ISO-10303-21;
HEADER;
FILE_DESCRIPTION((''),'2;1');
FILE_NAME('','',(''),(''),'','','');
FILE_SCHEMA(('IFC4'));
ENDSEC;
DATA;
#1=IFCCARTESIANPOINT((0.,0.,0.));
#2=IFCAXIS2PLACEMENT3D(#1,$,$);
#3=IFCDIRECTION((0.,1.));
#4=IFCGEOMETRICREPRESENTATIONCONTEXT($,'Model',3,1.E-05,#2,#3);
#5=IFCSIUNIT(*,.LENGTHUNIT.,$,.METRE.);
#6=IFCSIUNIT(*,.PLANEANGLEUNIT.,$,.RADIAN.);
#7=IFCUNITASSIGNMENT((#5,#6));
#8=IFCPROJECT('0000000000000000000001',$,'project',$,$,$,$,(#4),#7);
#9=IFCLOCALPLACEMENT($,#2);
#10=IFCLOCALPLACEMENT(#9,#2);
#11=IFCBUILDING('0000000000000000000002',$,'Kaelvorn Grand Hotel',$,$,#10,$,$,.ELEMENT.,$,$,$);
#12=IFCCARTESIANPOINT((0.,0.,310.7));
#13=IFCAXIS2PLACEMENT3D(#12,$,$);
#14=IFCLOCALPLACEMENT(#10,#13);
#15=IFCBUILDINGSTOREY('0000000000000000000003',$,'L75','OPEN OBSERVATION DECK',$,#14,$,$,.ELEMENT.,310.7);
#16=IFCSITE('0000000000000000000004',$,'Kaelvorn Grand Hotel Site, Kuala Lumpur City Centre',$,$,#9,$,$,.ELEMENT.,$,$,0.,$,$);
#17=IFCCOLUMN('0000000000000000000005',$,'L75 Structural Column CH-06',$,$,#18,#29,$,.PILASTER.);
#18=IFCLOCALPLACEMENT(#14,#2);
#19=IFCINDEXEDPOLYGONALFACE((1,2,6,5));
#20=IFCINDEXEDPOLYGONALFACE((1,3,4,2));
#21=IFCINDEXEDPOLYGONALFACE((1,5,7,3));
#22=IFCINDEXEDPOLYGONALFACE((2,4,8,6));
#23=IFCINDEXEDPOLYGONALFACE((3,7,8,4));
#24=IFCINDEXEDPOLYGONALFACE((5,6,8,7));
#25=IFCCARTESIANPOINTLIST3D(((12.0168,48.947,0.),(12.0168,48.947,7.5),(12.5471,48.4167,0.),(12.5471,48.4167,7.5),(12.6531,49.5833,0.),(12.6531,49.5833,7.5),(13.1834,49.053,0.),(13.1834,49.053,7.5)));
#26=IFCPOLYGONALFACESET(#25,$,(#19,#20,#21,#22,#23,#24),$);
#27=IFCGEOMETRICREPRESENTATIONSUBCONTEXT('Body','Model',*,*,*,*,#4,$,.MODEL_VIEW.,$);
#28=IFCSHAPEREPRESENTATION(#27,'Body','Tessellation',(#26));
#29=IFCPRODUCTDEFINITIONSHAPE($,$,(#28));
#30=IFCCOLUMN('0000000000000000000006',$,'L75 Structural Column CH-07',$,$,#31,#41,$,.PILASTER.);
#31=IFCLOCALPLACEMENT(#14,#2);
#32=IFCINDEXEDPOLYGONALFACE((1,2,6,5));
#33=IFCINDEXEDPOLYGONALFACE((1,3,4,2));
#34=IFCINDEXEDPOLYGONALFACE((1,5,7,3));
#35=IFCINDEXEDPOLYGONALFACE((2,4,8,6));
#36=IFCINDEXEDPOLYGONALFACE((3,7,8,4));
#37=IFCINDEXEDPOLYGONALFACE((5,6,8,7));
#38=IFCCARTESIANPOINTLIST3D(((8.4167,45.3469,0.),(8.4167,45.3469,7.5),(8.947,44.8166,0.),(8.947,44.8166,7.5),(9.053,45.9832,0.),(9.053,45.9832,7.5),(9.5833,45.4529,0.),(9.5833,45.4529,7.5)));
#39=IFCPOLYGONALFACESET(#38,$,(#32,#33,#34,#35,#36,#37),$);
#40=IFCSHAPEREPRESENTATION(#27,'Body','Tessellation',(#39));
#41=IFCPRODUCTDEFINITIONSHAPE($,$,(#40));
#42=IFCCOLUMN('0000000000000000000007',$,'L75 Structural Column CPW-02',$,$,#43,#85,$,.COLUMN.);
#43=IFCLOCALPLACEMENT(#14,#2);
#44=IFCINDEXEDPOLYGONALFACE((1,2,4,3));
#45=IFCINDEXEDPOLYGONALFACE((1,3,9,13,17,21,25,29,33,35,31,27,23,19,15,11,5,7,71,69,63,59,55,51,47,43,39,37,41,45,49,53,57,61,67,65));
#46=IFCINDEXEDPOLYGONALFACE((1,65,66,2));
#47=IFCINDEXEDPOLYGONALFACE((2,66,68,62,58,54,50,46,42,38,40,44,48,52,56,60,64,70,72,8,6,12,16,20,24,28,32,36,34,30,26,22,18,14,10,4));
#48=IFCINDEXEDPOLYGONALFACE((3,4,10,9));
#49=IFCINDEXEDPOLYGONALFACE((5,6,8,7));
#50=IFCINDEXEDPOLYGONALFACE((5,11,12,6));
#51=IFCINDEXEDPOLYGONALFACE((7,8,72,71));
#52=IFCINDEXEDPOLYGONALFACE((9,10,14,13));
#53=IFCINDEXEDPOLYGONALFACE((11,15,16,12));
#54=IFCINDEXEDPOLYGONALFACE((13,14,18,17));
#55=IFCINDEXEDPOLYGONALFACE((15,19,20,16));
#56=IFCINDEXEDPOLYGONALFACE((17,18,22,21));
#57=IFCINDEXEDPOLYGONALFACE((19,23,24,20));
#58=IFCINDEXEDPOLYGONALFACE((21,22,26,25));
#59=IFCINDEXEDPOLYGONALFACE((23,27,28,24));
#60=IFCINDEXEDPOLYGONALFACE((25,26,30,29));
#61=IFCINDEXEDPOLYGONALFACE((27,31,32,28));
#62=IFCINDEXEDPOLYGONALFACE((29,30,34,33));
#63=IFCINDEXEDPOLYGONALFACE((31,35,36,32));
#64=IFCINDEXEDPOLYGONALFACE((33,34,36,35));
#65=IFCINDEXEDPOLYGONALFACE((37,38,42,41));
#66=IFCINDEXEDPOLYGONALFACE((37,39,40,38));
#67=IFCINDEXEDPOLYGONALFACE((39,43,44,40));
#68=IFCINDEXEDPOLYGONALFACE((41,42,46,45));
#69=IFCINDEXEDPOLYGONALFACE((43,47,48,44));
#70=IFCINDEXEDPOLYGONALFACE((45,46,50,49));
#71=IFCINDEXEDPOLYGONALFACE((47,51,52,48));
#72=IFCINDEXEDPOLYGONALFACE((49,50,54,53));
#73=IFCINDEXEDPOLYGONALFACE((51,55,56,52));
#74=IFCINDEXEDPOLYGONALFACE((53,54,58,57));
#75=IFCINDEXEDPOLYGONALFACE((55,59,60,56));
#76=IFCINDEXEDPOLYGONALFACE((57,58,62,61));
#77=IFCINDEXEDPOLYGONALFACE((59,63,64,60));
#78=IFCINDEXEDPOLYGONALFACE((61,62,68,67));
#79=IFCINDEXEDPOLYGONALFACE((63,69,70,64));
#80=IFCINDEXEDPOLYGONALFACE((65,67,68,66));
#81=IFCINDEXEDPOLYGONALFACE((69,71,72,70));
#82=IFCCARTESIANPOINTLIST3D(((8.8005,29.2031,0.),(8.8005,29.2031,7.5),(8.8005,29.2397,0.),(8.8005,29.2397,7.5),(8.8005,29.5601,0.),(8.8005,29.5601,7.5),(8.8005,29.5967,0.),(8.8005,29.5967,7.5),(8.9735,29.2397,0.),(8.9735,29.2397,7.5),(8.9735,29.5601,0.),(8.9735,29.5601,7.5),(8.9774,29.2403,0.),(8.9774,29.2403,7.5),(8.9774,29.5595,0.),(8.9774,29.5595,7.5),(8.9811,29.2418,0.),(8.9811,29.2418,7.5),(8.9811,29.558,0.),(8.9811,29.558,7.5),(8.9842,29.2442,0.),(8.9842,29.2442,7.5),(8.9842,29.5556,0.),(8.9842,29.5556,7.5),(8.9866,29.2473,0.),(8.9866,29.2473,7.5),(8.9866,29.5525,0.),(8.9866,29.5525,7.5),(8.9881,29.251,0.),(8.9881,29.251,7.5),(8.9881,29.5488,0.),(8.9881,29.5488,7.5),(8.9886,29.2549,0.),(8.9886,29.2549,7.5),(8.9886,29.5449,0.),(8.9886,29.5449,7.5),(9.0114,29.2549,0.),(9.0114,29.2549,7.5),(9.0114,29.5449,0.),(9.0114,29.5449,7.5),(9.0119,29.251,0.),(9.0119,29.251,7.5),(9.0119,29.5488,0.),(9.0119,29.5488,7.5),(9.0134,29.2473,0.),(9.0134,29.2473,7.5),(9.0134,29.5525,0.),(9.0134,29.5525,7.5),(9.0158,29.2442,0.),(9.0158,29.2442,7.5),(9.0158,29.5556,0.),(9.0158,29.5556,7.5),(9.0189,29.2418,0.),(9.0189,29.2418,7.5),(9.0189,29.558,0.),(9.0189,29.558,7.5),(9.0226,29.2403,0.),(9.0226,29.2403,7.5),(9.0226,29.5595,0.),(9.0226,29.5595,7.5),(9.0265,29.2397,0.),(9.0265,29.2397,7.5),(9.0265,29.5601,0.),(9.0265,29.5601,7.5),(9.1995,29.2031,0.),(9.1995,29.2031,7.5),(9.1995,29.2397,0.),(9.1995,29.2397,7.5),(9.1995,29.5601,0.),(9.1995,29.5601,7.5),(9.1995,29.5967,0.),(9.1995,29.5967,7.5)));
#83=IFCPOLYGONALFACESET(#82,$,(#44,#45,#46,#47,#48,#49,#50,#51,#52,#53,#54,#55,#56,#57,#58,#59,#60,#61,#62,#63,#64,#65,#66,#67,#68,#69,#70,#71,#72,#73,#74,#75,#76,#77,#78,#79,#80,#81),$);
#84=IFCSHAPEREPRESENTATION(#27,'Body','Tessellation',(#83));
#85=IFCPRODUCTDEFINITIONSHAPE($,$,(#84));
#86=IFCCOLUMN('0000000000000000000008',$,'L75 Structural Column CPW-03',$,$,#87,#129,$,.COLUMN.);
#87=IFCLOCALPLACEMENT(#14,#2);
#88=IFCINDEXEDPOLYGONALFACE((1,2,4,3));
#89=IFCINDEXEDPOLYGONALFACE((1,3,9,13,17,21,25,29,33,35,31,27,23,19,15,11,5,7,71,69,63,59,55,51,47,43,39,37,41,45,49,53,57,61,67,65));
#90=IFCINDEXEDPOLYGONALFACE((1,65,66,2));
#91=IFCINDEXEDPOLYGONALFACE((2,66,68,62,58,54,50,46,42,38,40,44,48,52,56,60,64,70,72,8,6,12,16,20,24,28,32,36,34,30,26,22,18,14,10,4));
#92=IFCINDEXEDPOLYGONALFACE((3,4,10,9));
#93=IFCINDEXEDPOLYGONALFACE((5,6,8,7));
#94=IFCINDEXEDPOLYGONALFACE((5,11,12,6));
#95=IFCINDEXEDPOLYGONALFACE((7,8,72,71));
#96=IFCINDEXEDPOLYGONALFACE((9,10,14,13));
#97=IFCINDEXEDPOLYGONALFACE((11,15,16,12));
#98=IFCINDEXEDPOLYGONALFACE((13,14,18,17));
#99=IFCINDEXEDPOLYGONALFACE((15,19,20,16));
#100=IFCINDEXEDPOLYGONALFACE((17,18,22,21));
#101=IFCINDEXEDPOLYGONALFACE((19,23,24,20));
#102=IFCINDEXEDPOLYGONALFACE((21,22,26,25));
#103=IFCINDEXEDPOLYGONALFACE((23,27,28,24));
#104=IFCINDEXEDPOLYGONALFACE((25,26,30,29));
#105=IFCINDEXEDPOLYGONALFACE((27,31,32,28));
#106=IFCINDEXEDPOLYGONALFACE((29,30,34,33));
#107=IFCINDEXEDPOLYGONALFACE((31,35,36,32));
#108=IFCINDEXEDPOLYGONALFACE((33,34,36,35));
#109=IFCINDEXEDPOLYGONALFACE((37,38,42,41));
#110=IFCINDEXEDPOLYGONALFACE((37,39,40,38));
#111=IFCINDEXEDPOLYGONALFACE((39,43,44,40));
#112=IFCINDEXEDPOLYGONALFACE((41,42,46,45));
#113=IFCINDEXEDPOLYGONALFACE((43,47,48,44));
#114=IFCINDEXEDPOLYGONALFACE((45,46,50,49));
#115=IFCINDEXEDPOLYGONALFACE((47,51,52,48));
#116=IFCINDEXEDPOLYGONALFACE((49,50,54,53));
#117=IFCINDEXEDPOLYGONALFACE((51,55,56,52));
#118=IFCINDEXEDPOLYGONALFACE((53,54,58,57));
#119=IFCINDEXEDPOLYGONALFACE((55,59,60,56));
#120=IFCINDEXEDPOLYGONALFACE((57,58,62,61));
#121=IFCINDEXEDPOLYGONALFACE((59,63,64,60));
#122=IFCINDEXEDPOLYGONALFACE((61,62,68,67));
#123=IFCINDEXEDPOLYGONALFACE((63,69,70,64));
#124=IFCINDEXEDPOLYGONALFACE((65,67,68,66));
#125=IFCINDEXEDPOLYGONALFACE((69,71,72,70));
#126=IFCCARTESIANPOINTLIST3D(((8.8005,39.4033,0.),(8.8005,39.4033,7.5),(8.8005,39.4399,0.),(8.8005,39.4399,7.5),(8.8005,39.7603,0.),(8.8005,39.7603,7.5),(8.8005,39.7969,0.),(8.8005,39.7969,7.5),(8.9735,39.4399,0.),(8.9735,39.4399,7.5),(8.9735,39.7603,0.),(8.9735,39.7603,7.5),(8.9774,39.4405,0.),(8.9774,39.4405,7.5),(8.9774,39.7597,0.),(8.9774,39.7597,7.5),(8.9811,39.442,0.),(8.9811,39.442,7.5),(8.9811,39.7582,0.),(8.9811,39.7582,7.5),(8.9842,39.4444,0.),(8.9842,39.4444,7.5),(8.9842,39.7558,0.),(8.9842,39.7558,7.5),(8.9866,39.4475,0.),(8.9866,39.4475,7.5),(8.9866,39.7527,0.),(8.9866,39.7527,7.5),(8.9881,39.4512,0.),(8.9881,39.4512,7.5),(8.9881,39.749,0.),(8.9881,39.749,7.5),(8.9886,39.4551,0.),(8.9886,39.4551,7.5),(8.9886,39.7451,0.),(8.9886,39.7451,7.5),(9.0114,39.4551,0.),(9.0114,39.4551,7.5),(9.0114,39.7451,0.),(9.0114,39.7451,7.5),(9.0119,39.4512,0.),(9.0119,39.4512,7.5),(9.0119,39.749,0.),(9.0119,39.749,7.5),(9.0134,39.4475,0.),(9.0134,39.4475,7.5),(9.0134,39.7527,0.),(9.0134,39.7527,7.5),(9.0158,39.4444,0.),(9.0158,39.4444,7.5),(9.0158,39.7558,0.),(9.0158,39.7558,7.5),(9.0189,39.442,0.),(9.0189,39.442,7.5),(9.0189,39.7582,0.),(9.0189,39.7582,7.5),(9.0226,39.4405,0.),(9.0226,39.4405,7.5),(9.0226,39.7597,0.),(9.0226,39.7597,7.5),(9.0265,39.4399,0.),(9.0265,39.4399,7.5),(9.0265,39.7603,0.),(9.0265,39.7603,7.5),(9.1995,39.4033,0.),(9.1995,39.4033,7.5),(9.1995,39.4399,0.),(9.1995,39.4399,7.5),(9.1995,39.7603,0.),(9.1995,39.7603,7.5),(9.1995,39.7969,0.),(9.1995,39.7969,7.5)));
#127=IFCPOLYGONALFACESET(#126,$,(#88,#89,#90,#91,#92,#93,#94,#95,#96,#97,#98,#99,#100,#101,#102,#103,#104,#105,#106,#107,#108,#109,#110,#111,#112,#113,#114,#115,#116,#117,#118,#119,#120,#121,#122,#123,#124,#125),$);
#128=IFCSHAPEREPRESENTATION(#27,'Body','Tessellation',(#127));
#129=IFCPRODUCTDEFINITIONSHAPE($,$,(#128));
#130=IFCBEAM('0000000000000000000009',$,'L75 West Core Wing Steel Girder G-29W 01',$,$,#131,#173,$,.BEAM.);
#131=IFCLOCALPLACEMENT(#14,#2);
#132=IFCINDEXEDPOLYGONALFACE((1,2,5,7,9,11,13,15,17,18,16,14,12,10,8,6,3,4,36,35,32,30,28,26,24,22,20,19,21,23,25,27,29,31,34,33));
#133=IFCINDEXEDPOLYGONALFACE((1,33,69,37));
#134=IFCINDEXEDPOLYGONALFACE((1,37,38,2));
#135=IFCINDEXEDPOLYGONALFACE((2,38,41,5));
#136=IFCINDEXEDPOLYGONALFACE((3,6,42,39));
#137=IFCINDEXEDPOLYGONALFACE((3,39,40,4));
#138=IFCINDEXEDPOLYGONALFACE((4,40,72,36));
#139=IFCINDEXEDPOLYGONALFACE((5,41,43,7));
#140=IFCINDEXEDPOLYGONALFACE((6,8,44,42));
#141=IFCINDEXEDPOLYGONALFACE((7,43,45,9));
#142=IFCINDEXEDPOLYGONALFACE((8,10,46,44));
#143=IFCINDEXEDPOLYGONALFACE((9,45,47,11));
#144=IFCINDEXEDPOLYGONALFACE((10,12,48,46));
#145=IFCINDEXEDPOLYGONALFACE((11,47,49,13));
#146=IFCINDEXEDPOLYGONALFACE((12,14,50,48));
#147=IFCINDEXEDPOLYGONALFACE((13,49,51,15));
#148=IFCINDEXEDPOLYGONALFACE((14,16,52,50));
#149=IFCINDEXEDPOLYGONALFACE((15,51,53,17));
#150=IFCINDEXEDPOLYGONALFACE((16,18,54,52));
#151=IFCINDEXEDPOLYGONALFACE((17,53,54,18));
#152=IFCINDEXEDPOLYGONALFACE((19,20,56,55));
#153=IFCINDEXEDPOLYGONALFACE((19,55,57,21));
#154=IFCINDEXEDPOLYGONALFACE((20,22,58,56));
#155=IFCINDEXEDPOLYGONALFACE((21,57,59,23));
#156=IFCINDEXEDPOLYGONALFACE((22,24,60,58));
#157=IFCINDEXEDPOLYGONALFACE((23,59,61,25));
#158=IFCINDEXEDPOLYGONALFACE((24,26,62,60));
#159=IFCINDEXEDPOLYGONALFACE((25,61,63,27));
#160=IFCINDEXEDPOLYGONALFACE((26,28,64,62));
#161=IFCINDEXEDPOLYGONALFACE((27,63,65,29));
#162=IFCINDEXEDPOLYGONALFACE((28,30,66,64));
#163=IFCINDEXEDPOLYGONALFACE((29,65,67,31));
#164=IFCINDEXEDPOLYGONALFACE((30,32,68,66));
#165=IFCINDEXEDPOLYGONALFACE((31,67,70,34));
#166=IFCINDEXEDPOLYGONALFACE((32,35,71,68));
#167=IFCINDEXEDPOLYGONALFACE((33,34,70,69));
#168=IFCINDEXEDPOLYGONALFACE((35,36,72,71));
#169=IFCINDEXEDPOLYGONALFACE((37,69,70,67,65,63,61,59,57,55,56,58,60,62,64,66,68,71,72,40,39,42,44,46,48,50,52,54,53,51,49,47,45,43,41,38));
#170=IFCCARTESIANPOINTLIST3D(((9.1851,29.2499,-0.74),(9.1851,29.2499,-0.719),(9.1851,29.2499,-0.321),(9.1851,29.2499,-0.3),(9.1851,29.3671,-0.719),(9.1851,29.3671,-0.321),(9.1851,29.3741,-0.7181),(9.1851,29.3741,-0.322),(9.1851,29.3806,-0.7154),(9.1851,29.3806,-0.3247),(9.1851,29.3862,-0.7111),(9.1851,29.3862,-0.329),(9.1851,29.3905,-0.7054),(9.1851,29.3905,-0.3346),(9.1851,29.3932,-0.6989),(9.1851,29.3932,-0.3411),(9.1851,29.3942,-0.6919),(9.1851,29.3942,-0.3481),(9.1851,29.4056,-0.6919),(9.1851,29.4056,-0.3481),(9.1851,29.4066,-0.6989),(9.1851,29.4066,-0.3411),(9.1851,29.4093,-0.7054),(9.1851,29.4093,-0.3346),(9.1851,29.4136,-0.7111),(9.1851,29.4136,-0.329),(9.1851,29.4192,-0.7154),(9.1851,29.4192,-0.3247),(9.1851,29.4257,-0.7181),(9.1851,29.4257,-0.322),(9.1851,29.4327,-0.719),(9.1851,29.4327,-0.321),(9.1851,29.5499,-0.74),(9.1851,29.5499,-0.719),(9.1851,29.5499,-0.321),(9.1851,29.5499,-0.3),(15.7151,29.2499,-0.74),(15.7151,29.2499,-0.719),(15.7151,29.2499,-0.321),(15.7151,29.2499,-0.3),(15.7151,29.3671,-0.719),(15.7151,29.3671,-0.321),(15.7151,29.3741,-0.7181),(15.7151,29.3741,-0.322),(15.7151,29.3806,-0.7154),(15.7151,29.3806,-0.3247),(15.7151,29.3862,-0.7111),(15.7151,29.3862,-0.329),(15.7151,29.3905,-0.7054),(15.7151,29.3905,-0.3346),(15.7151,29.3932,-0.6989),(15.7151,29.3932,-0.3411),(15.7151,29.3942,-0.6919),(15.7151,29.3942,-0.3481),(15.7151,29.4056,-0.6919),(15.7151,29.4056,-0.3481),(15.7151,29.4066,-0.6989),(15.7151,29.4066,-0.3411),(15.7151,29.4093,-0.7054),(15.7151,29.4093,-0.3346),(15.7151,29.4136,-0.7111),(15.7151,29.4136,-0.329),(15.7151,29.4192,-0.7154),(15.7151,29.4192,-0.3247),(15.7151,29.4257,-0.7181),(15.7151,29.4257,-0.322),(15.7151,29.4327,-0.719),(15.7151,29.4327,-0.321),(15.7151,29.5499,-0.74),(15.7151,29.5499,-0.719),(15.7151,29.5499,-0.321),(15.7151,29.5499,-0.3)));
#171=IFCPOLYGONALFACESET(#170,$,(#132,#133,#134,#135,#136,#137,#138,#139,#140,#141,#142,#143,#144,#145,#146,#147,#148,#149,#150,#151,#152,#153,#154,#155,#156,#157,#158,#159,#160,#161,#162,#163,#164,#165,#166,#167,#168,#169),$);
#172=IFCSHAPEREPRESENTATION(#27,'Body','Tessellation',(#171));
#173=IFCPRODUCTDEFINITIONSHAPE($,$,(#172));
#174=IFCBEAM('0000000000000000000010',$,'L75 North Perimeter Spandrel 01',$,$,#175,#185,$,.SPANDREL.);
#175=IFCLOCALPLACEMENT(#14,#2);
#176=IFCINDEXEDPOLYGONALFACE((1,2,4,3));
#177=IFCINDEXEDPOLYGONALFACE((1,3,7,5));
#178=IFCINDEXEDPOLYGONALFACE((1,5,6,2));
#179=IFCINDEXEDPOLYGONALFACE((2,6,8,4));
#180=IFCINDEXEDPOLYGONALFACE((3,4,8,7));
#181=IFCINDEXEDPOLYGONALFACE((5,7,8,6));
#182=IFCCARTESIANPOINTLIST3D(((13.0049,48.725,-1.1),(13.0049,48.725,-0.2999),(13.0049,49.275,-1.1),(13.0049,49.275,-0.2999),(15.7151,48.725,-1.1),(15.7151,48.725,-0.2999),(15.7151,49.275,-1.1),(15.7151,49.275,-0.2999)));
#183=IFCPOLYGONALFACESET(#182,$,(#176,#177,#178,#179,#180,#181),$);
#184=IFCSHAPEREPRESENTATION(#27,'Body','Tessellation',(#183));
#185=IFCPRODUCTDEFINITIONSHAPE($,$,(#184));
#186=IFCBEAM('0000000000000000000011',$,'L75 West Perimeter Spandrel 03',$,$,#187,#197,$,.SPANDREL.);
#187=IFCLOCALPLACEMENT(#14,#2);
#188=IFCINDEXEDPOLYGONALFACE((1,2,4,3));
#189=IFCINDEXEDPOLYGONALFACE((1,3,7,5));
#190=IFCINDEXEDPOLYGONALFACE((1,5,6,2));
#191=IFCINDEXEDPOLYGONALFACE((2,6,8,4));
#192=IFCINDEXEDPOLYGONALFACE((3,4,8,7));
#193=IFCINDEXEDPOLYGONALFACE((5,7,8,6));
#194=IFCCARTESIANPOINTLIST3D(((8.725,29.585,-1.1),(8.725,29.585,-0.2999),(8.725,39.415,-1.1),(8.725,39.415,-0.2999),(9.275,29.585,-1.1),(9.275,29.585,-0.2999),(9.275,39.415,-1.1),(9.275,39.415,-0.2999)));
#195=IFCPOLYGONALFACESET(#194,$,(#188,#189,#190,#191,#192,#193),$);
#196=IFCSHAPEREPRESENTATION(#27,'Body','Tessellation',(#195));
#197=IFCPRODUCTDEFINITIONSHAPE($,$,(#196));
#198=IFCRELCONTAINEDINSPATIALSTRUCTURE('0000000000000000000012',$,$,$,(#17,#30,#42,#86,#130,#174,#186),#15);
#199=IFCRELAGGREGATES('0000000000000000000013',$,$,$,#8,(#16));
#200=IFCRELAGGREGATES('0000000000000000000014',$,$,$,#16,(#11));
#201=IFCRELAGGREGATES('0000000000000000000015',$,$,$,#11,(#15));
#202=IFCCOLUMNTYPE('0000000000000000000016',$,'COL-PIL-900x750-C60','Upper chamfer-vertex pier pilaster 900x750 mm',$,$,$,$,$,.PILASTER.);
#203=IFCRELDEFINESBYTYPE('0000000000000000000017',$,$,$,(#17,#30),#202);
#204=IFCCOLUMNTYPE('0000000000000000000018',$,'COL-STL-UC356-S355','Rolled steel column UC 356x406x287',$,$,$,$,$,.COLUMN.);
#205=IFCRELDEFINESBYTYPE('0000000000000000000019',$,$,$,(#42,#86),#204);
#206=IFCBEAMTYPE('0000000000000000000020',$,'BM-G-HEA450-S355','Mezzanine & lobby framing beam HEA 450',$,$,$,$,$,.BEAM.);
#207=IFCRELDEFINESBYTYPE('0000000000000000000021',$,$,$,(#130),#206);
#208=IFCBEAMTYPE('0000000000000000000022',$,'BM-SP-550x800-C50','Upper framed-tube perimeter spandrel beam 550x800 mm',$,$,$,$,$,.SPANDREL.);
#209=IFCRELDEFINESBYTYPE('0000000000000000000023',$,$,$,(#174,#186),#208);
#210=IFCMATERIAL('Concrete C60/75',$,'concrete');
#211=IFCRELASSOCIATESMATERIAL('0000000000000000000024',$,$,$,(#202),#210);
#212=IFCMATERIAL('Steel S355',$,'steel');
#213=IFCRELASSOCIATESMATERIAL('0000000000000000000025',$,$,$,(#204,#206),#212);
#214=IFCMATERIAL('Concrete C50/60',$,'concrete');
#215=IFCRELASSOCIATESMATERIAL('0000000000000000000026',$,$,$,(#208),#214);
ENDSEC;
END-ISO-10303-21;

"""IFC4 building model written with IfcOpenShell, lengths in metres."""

from ifc_helpers import new_model, si_unit, direction, frame, origin, origin_2d, place, context, subcontext, project, spatial, rectangle, i_section, extrude, material, material_profile, profile_set, type_object, element, save


model = new_model("IFC4")

# Units and contexts
model_context = context("Model", 3, precision=1e-05, world=origin(), true_north=direction((0.0, 1.0)))
body_context = subcontext(model_context, "Body", "Model", "MODEL_VIEW")
ifc_project = project(units=[si_unit("LENGTHUNIT", "METRE"), si_unit("PLANEANGLEUNIT", "RADIAN")], contexts=[model_context])

# Site, building, storey
site_placement = place(None, origin())
site = spatial("IfcSite", under=ifc_project, at=site_placement, Name="Kaelvorn Grand Hotel Site, Kuala Lumpur City Centre", CompositionType="ELEMENT", RefElevation=0.0)
building_placement = place(site_placement, origin())
building = spatial("IfcBuilding", under=site, at=building_placement, Name="Kaelvorn Grand Hotel", CompositionType="ELEMENT")
storey_placement = place(building_placement, frame((0.0, 0.0, 310.7)))
storey = spatial("IfcBuildingStorey", under=building, at=storey_placement, Name="L75", Description="OPEN OBSERVATION DECK", CompositionType="ELEMENT", Elevation=310.7)

# Columns
ifc_material_1 = material(Name="Concrete C60/75", Category="concrete")
ifc_material_profile_1 = material_profile(ifc_material_1, rectangle(XDim=0.8999, YDim=0.75, at=origin_2d()), Name="RC PILASTER 900x750")
ifc_profile_set_1 = profile_set([ifc_material_profile_1], Name="Concrete C60/75")
column_type_1 = type_object("IfcColumnType", Name="COL-PIL-900x750-C60", Description="Upper chamfer-vertex pier pilaster 900x750 mm", PredefinedType="PILASTER", material=ifc_profile_set_1)
for number, where, z_axis, x_axis, name in (
    (1, (12.6001, 49.0, 0.0), (0.0, 0.0, 1.0), (0.707107, 0.707107, 0.0), "L75 Structural Column CH-06"),
    (2, (9.0, 45.3999, 0.0), (0.0, 0.0, 1.0), (0.707107, 0.707107, 0.0), "L75 Structural Column CH-07"),
):
    element("IfcColumn", number, at=place(storey_placement, frame(where, z_axis=z_axis, x_axis=x_axis)), inside=storey, type_object=column_type_1, Name=name, PredefinedType="PILASTER", context=body_context, shape_type="SweptSolid", body=[
        extrude(rectangle(XDim=0.8999, YDim=0.75, at=origin_2d()), origin(), (0.0, 0.0, 1.0), 7.5),
    ])
ifc_material_2 = material(Name="Steel S355", Category="steel")
ifc_material_profile_2 = material_profile(ifc_material_2, i_section(OverallWidth=0.3989, OverallDepth=0.3936, WebThickness=0.0227, FlangeThickness=0.0366, FilletRadius=0.0151, at=origin_2d()), Name="UC 356x406x287")
ifc_profile_set_2 = profile_set([ifc_material_profile_2], Name="Steel S355")
column_type_2 = type_object("IfcColumnType", Name="COL-STL-UC356-S355", Description="Rolled steel column UC 356x406x287", PredefinedType="COLUMN", material=ifc_profile_set_2)
for number, where, z_axis, x_axis, name in (
    (3, (9.0, 29.3999, 0.0), (0.0, 0.0, 1.0), (1.0, 0.0, 0.0), "L75 Structural Column CPW-02"),
    (4, (9.0, 39.6001, 0.0), (0.0, 0.0, 1.0), (1.0, 0.0, 0.0), "L75 Structural Column CPW-03"),
):
    element("IfcColumn", number, at=place(storey_placement, frame(where, z_axis=z_axis, x_axis=x_axis)), inside=storey, type_object=column_type_2, Name=name, PredefinedType="COLUMN", context=body_context, shape_type="SweptSolid", body=[
        extrude(i_section(OverallWidth=0.3989, OverallDepth=0.3936, WebThickness=0.0227, FlangeThickness=0.0366, FilletRadius=0.0151, at=origin_2d()), origin(), (0.0, 0.0, 1.0), 7.5),
    ])

# Beams
ifc_material_profile_3 = material_profile(ifc_material_2, i_section(OverallWidth=0.3, OverallDepth=0.4399, WebThickness=0.0115, FlangeThickness=0.021, FilletRadius=0.0271, at=origin_2d()), Name="HEA 450")
ifc_profile_set_3 = profile_set([ifc_material_profile_3], Name="Steel S355")
beam_type_1 = type_object("IfcBeamType", Name="BM-G-HEA450-S355", Description="Mezzanine & lobby framing beam HEA 450", PredefinedType="BEAM", material=ifc_profile_set_3)
beam_1_placement = place(storey_placement, frame((9.1851, 29.3999, -0.52), z_axis=(1.0, 0.0, 0.0), x_axis=(0.0, 1.0, 0.0)))
element("IfcBeam", 5, at=beam_1_placement, inside=storey, type_object=beam_type_1, Name="L75 West Core Wing Steel Girder G-29W 01", PredefinedType="BEAM", context=body_context, shape_type="SweptSolid", body=[
    extrude(i_section(OverallWidth=0.3, OverallDepth=0.4399, WebThickness=0.0115, FlangeThickness=0.021, FilletRadius=0.0271, at=origin_2d()), origin(), (0.0, 0.0, 1.0), 6.53),
])
ifc_material_3 = material(Name="Concrete C50/60", Category="concrete")
ifc_material_profile_4 = material_profile(ifc_material_3, rectangle(XDim=0.55, YDim=0.8, at=origin_2d()), Name="RC SPANDREL 550x800")
ifc_profile_set_4 = profile_set([ifc_material_profile_4], Name="Concrete C50/60")
beam_type_2 = type_object("IfcBeamType", Name="BM-SP-550x800-C50", Description="Upper framed-tube perimeter spandrel beam 550x800 mm", PredefinedType="SPANDREL", material=ifc_profile_set_4)
beam_2_placement = place(storey_placement, frame((13.0049, 49.0, -0.7), z_axis=(1.0, 0.0, 0.0), x_axis=(0.0, 1.0, 0.0)))
element("IfcBeam", 6, at=beam_2_placement, inside=storey, type_object=beam_type_2, Name="L75 North Perimeter Spandrel 01", PredefinedType="SPANDREL", context=body_context, shape_type="SweptSolid", body=[
    extrude(rectangle(XDim=0.55, YDim=0.8, at=origin_2d()), origin(), (0.0, 0.0, 1.0), 2.7102),
])
beam_3_placement = place(storey_placement, frame((9.0, 29.585, -0.7), z_axis=(0.0, 1.0, 0.0), x_axis=(-1.0, 0.0, 0.0)))
element("IfcBeam", 7, at=beam_3_placement, inside=storey, type_object=beam_type_2, Name="L75 West Perimeter Spandrel 03", PredefinedType="SPANDREL", context=body_context, shape_type="SweptSolid", body=[
    extrude(rectangle(XDim=0.55, YDim=0.8, at=origin_2d()), origin(), (0.0, 0.0, 1.0), 9.8301),
])

save(model, "model.ifc")
